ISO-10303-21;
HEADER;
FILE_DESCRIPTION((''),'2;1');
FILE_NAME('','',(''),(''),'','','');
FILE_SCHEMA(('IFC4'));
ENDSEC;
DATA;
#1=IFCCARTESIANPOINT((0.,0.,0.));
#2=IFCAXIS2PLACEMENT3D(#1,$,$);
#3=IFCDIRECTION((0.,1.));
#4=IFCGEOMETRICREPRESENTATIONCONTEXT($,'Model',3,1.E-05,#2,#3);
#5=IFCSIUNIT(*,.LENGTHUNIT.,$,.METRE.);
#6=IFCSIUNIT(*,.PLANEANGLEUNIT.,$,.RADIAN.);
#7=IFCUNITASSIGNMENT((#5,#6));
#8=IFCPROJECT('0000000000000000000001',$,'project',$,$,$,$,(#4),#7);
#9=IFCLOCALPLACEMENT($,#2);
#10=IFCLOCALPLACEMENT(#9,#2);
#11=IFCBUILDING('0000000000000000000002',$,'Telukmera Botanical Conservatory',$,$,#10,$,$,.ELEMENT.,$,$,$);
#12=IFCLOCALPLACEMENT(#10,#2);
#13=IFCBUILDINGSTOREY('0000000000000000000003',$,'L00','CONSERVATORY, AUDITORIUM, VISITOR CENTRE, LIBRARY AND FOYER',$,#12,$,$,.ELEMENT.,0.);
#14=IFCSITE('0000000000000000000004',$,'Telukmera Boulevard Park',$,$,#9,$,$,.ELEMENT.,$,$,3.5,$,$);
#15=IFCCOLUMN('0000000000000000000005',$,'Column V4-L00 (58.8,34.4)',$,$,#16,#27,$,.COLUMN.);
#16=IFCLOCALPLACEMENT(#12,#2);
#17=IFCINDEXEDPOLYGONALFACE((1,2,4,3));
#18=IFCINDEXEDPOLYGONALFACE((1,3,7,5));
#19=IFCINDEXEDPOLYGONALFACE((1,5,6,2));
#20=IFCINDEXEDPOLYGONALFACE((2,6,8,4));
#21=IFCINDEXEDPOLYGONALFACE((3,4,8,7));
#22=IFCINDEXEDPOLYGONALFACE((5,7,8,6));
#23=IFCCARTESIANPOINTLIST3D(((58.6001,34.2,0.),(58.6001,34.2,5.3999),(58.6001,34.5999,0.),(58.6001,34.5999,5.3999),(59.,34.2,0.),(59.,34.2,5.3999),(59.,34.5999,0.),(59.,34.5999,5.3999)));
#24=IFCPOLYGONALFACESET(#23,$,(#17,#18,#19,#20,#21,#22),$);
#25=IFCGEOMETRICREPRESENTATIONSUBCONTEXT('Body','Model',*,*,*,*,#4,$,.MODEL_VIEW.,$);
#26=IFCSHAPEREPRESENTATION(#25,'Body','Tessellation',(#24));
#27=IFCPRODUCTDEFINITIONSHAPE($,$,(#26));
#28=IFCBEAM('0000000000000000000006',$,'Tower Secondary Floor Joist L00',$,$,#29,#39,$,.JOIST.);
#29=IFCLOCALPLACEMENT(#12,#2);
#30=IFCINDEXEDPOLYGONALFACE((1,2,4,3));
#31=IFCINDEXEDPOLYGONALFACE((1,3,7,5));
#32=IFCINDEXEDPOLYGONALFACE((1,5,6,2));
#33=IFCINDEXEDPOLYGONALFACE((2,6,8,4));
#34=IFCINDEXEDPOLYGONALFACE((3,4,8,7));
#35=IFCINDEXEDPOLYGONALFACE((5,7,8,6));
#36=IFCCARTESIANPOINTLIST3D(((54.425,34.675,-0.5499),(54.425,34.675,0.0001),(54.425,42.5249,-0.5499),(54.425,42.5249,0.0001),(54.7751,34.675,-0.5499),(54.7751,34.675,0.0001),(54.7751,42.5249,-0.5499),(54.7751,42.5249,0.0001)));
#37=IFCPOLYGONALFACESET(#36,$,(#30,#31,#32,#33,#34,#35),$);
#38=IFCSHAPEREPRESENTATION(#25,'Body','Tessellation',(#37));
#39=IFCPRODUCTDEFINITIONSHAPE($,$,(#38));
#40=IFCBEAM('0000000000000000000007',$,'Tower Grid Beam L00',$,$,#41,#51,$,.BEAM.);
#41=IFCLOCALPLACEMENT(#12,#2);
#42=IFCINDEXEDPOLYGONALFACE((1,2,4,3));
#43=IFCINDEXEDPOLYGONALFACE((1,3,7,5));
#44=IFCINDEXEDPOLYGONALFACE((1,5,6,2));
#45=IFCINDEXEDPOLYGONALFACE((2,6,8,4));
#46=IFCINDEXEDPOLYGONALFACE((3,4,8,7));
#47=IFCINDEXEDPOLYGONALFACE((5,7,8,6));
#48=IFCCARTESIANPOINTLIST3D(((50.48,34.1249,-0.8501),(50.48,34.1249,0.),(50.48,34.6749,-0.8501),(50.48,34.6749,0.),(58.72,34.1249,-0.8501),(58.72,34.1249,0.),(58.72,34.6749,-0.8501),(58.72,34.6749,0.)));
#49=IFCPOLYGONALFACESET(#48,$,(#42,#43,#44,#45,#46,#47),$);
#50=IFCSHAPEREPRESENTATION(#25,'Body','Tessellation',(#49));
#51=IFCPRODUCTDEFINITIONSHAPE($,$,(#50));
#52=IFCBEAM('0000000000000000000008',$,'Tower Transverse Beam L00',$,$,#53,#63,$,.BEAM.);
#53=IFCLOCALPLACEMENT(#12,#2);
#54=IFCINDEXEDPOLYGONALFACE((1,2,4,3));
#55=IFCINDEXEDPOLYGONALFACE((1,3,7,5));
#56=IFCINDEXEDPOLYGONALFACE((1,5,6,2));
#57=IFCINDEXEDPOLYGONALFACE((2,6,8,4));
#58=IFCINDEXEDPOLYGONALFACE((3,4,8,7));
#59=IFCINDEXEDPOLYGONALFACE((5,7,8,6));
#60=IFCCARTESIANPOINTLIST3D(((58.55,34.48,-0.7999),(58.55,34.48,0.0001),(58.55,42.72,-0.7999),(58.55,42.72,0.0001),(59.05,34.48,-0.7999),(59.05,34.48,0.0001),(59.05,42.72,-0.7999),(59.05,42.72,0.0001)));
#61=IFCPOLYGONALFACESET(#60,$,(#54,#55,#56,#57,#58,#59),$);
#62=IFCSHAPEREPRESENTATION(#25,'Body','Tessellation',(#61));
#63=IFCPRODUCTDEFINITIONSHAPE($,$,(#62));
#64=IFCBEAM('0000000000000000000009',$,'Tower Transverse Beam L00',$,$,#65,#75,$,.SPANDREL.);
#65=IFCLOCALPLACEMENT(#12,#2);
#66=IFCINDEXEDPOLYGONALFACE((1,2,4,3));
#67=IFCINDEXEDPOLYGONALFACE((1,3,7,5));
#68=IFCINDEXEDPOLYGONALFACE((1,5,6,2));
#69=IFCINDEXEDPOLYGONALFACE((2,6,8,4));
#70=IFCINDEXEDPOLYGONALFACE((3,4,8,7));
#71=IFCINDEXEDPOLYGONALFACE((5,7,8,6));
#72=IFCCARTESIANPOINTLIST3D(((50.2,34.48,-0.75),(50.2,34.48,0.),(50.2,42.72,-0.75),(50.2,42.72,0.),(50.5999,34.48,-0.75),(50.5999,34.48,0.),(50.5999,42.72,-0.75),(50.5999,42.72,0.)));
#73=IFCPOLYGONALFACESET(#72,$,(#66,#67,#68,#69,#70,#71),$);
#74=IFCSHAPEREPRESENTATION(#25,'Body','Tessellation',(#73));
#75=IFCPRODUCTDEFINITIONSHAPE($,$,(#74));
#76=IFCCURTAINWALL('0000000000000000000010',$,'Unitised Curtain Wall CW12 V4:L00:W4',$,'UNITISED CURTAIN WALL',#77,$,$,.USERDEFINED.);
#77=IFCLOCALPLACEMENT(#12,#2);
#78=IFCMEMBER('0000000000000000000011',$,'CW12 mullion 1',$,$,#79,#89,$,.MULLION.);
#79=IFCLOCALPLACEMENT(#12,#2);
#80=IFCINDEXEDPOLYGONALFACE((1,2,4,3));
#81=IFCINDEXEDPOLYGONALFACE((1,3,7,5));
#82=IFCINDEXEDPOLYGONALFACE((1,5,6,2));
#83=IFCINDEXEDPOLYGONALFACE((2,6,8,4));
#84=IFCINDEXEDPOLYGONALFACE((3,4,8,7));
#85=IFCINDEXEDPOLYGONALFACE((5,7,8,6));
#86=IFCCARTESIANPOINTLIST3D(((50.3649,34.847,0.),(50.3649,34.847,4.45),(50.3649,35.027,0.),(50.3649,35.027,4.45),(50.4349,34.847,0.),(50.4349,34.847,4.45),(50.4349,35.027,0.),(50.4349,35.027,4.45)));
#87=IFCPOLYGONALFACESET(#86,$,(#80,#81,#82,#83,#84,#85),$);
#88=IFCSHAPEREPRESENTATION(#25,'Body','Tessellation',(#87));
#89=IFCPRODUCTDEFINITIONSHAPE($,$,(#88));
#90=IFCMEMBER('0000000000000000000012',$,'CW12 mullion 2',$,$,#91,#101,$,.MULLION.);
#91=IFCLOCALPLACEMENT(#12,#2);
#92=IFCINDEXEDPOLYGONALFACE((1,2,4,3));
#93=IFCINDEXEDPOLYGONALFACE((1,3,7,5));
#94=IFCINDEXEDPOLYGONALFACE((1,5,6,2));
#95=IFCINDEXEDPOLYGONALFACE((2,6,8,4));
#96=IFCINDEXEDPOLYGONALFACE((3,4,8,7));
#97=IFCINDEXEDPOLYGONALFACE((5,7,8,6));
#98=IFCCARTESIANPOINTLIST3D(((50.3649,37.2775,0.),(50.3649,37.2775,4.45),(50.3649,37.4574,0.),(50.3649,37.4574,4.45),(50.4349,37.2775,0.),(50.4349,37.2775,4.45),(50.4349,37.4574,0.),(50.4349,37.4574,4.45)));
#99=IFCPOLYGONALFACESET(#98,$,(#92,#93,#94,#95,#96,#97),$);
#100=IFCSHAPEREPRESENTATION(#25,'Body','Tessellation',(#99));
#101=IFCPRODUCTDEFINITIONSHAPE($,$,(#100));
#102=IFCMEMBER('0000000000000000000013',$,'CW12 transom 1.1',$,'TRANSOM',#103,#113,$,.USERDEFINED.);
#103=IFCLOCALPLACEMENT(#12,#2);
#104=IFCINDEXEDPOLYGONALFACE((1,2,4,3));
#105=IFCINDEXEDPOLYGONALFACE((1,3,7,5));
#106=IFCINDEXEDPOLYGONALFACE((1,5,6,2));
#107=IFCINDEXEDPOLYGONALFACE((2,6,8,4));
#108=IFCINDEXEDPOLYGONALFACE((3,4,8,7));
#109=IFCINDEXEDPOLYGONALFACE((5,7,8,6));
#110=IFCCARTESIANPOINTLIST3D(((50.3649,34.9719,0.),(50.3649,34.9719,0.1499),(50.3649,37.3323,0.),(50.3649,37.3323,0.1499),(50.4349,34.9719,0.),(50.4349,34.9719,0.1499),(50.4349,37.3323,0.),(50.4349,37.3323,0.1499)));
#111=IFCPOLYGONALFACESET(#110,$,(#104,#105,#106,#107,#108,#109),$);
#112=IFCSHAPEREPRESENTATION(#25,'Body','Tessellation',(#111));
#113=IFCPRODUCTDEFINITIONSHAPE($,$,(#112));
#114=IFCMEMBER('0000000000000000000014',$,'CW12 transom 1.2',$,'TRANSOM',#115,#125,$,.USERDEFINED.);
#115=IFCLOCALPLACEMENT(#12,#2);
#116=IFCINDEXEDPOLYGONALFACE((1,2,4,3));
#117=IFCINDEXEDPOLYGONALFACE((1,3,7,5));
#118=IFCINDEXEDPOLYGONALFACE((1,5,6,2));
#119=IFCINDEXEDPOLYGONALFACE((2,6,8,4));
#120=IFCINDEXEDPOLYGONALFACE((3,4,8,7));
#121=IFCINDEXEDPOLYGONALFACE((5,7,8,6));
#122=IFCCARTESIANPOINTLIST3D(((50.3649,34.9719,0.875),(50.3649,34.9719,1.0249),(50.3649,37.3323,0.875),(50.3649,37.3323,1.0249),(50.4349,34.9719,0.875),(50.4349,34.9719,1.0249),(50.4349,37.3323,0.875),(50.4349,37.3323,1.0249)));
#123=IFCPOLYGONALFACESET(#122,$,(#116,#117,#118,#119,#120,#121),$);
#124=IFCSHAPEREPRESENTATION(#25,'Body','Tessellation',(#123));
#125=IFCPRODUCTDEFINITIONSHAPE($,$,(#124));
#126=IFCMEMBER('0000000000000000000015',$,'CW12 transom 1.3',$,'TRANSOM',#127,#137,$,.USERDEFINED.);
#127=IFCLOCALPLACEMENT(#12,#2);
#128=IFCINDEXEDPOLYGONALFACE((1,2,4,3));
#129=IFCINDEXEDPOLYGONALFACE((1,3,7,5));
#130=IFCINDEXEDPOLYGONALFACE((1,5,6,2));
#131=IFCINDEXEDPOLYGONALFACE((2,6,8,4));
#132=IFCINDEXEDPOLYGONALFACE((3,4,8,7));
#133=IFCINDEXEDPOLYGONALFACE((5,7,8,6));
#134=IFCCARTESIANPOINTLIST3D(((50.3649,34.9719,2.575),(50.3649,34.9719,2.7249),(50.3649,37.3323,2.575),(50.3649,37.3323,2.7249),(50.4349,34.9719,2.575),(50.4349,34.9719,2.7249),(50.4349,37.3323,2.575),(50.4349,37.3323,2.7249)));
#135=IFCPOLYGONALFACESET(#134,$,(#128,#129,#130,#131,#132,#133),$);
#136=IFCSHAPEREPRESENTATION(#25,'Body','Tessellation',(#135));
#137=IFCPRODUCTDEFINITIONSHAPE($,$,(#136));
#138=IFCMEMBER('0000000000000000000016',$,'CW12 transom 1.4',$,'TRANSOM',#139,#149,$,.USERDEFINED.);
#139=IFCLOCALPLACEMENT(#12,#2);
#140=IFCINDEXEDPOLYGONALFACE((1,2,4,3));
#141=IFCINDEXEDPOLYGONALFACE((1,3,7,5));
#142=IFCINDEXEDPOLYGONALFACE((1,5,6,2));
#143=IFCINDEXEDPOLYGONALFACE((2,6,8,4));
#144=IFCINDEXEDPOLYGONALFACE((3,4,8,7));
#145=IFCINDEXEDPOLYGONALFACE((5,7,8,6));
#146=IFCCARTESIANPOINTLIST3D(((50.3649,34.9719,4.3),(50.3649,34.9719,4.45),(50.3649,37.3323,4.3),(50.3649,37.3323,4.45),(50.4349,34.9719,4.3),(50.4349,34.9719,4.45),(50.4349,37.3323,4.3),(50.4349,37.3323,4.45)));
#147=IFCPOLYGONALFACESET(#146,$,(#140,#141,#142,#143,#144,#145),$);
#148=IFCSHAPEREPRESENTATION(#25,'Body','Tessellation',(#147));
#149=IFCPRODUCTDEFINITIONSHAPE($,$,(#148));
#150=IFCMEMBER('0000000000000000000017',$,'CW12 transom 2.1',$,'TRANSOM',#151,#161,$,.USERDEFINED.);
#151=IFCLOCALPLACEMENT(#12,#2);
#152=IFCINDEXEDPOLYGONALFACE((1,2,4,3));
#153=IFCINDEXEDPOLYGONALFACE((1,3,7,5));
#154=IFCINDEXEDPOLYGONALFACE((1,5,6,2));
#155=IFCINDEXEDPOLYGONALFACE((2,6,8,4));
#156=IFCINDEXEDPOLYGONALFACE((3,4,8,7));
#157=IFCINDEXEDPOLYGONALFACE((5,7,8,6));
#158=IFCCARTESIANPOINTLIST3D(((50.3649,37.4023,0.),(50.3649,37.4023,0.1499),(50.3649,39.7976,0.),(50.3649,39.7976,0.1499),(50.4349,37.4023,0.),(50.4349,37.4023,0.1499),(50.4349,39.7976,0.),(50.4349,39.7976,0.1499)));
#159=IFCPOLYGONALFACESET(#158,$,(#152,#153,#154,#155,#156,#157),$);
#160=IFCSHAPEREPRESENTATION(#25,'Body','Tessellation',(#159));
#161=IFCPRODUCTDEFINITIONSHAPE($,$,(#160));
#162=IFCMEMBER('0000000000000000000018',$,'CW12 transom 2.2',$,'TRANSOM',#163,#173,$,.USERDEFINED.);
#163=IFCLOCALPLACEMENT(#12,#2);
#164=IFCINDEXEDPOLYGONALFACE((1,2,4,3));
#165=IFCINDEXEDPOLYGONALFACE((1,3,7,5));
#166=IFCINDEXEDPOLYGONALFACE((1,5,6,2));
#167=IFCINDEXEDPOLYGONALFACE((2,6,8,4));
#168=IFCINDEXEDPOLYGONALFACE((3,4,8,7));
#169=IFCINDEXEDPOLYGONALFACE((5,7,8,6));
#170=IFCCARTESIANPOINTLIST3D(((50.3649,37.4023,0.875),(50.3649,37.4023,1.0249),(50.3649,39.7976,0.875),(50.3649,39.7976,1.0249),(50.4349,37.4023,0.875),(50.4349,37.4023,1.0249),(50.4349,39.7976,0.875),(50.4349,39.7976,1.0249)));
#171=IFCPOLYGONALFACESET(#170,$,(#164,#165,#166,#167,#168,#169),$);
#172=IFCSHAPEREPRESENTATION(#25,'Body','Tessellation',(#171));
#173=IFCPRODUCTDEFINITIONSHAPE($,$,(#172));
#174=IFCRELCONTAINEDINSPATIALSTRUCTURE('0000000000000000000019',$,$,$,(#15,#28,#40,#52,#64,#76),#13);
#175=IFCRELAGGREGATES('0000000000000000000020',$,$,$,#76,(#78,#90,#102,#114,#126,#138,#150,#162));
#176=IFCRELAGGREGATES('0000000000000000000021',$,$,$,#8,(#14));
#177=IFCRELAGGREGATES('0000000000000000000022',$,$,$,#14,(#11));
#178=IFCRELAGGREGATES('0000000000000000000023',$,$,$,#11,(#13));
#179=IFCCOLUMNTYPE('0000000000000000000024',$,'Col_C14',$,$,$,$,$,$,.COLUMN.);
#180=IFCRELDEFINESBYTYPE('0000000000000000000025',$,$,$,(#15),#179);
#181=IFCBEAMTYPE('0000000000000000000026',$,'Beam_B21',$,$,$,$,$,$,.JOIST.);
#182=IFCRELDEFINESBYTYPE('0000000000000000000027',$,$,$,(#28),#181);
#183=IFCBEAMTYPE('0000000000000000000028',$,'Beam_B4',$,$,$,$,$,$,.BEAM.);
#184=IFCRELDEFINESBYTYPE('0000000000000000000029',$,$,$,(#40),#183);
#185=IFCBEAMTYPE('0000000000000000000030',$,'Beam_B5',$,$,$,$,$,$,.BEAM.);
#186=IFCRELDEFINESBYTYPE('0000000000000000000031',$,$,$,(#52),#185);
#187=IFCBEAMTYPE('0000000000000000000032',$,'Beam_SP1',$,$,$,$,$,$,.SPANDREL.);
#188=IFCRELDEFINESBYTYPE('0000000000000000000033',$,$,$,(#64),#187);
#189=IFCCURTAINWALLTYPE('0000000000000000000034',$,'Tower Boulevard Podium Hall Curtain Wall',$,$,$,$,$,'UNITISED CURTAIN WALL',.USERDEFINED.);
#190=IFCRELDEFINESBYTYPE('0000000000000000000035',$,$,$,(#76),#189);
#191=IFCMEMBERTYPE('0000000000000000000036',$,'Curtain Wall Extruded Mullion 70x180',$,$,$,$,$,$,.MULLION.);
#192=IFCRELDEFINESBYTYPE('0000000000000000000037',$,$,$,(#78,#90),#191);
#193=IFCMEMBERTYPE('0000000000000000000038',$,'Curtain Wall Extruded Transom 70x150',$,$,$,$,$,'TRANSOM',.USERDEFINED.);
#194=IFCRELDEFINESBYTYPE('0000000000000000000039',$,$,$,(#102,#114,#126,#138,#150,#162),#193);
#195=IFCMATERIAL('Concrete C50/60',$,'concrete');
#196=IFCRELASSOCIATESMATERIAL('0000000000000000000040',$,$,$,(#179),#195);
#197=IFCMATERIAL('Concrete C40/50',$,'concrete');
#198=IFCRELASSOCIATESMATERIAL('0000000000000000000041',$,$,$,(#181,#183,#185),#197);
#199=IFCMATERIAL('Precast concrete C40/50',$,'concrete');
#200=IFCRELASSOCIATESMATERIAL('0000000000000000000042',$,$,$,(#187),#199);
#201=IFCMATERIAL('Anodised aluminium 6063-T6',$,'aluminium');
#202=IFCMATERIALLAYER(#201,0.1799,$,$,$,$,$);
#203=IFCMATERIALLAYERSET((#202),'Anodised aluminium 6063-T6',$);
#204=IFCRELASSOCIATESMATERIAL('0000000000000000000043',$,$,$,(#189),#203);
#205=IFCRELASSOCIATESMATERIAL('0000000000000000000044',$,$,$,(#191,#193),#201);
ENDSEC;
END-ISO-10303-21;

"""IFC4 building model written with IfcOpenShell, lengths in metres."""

from ifc_helpers import new_model, si_unit, direction, frame, origin, origin_2d, place, context, subcontext, project, spatial, rectangle, extrude, material, layer, layer_set, material_profile, profile_set, type_object, element, aggregate, save


model = new_model("IFC4")

# Units and contexts
model_context = context("Model", 3, precision=1e-05, world=origin(), true_north=direction((0.0, 1.0)))
body_context = subcontext(model_context, "Body", "Model", "MODEL_VIEW")
ifc_project = project(units=[si_unit("LENGTHUNIT", "METRE"), si_unit("PLANEANGLEUNIT", "RADIAN")], contexts=[model_context])

# Site, building, storey
site_placement = place(None, origin())
site = spatial("IfcSite", under=ifc_project, at=site_placement, Name="Telukmera Boulevard Park", CompositionType="ELEMENT", RefElevation=3.5)
building_placement = place(site_placement, origin())
building = spatial("IfcBuilding", under=site, at=building_placement, Name="Telukmera Botanical Conservatory", CompositionType="ELEMENT")
storey_placement = place(building_placement, origin())
storey = spatial("IfcBuildingStorey", under=building, at=storey_placement, Name="L00", Description="CONSERVATORY, AUDITORIUM, VISITOR CENTRE, LIBRARY AND FOYER", CompositionType="ELEMENT", Elevation=0.0)

# Column
ifc_material_1 = material(Name="Concrete C50/60", Category="concrete")
ifc_material_profile_1 = material_profile(ifc_material_1, rectangle(XDim=0.3999, YDim=0.3999, at=origin_2d()), Name="RC 400x400")
ifc_profile_set_1 = profile_set([ifc_material_profile_1], Name="Concrete C50/60")
column_type = type_object("IfcColumnType", Name="Col_C14", PredefinedType="COLUMN", material=ifc_profile_set_1)
column_placement = place(storey_placement, frame((58.8, 34.3999, 0.0), z_axis=(0.0, 0.0, 1.0), x_axis=(1.0, 0.0, 0.0)))
element("IfcColumn", 1, at=column_placement, inside=storey, type_object=column_type, Name="Column V4-L00 (58.8,34.4)", PredefinedType="COLUMN", context=body_context, shape_type="SweptSolid", body=[
    extrude(rectangle(XDim=0.3999, YDim=0.3999, at=origin_2d()), origin(), (0.0, 0.0, 1.0), 5.3999),
])

# Beams
ifc_material_2 = material(Name="Concrete C40/50", Category="concrete")
ifc_material_profile_2 = material_profile(ifc_material_2, rectangle(XDim=0.3501, YDim=0.55, at=origin_2d()), Name="RC 350x550")
ifc_profile_set_2 = profile_set([ifc_material_profile_2], Name="Concrete C40/50")
beam_type_1 = type_object("IfcBeamType", Name="Beam_B21", PredefinedType="JOIST", material=ifc_profile_set_2)
beam_1_placement = place(storey_placement, frame((54.6001, 34.675, -0.2749), z_axis=(0.0, 1.0, 0.0), x_axis=(-1.0, 0.0, 0.0)))
element("IfcBeam", 2, at=beam_1_placement, inside=storey, type_object=beam_type_1, Name="Tower Secondary Floor Joist L00", PredefinedType="JOIST", context=body_context, shape_type="SweptSolid", body=[
    extrude(rectangle(XDim=0.3501, YDim=0.55, at=origin_2d()), origin(), (0.0, 0.0, 1.0), 7.8499),
])
ifc_material_profile_3 = material_profile(ifc_material_2, rectangle(XDim=0.55, YDim=0.8501, at=origin_2d()), Name="RC 550x850")
ifc_profile_set_3 = profile_set([ifc_material_profile_3], Name="Concrete C40/50")
beam_type_2 = type_object("IfcBeamType", Name="Beam_B4", PredefinedType="BEAM", material=ifc_profile_set_3)
beam_2_placement = place(storey_placement, frame((50.48, 34.3999, -0.425), z_axis=(1.0, 0.0, 0.0), x_axis=(0.0, 1.0, 0.0)))
element("IfcBeam", 3, at=beam_2_placement, inside=storey, type_object=beam_type_2, Name="Tower Grid Beam L00", PredefinedType="BEAM", context=body_context, shape_type="SweptSolid", body=[
    extrude(rectangle(XDim=0.55, YDim=0.8501, at=origin_2d()), origin(), (0.0, 0.0, 1.0), 8.24),
])
ifc_material_profile_4 = material_profile(ifc_material_2, rectangle(XDim=0.5, YDim=0.8, at=origin_2d()), Name="RC 500x800")
ifc_profile_set_4 = profile_set([ifc_material_profile_4], Name="Concrete C40/50")
beam_type_3 = type_object("IfcBeamType", Name="Beam_B5", PredefinedType="BEAM", material=ifc_profile_set_4)
beam_3_placement = place(storey_placement, frame((58.8, 34.48, -0.3999), z_axis=(0.0, 1.0, 0.0), x_axis=(-1.0, 0.0, 0.0)))
element("IfcBeam", 4, at=beam_3_placement, inside=storey, type_object=beam_type_3, Name="Tower Transverse Beam L00", PredefinedType="BEAM", context=body_context, shape_type="SweptSolid", body=[
    extrude(rectangle(XDim=0.5, YDim=0.8, at=origin_2d()), origin(), (0.0, 0.0, 1.0), 8.24),
])
ifc_material_3 = material(Name="Precast concrete C40/50", Category="concrete")
ifc_material_profile_5 = material_profile(ifc_material_3, rectangle(XDim=0.3999, YDim=0.75, at=origin_2d()), Name="PC 400x750")
ifc_profile_set_5 = profile_set([ifc_material_profile_5], Name="Precast concrete C40/50")
beam_type_4 = type_object("IfcBeamType", Name="Beam_SP1", PredefinedType="SPANDREL", material=ifc_profile_set_5)
beam_4_placement = place(storey_placement, frame((50.3999, 34.48, -0.375), z_axis=(0.0, 1.0, 0.0), x_axis=(-1.0, 0.0, 0.0)))
element("IfcBeam", 5, at=beam_4_placement, inside=storey, type_object=beam_type_4, Name="Tower Transverse Beam L00", PredefinedType="SPANDREL", context=body_context, shape_type="SweptSolid", body=[
    extrude(rectangle(XDim=0.3999, YDim=0.75, at=origin_2d()), origin(), (0.0, 0.0, 1.0), 8.24),
])

# Curtain wall, members
ifc_material_4 = material(Name="Anodised aluminium 6063-T6", Category="aluminium")
ifc_layer_1 = layer(ifc_material_4, 0.1799)
ifc_layer_set_1 = layer_set([ifc_layer_1], Name="Anodised aluminium 6063-T6")
curtain_wall_type = type_object("IfcCurtainWallType", Name="Tower Boulevard Podium Hall Curtain Wall", ElementType="UNITISED CURTAIN WALL", PredefinedType="USERDEFINED", material=ifc_layer_set_1)
curtain_wall_placement = place(storey_placement, origin())
curtain_wall = element("IfcCurtainWall", 6, at=curtain_wall_placement, inside=storey, type_object=curtain_wall_type, Name="Unitised Curtain Wall CW12 V4:L00:W4", ObjectType="UNITISED CURTAIN WALL", PredefinedType="USERDEFINED")
ifc_material_profile_6 = material_profile(ifc_material_4, rectangle(XDim=0.0701, YDim=0.1799, at=origin_2d()), Name="ALU MULL 70x180")
ifc_profile_set_6 = profile_set([ifc_material_profile_6], Name="Anodised aluminium 6063-T6")
member_type_1 = type_object("IfcMemberType", Name="Curtain Wall Extruded Mullion 70x180", PredefinedType="MULLION", material=ifc_profile_set_6)
member_1_placement = place(storey_placement, frame((50.3999, 34.937, 0.0), z_axis=(0.0, 0.0, 1.0), x_axis=(-1.0, 0.0, 0.0)))
member_1 = element("IfcMember", 7, at=member_1_placement, type_object=member_type_1, Name="CW12 mullion 1", PredefinedType="MULLION", context=body_context, shape_type="SweptSolid", body=[
    extrude(rectangle(XDim=0.0701, YDim=0.1799, at=origin_2d()), origin(), (0.0, 0.0, 1.0), 4.45),
])
member_2_placement = place(storey_placement, frame((50.3999, 37.3674, 0.0), z_axis=(0.0, 0.0, 1.0), x_axis=(-1.0, 0.0, 0.0)))
member_2 = element("IfcMember", 8, at=member_2_placement, type_object=member_type_1, Name="CW12 mullion 2", PredefinedType="MULLION", context=body_context, shape_type="SweptSolid", body=[
    extrude(rectangle(XDim=0.0701, YDim=0.1799, at=origin_2d()), origin(), (0.0, 0.0, 1.0), 4.45),
])
ifc_material_profile_7 = material_profile(ifc_material_4, rectangle(XDim=0.0701, YDim=0.1499, at=origin_2d()), Name="ALU TRAN 70x150")
ifc_profile_set_7 = profile_set([ifc_material_profile_7], Name="Anodised aluminium 6063-T6")
member_type_2 = type_object("IfcMemberType", Name="Curtain Wall Extruded Transom 70x150", ElementType="TRANSOM", PredefinedType="USERDEFINED", material=ifc_profile_set_7)
member_3_placement = place(storey_placement, frame((50.3999, 34.9719, 0.075), z_axis=(0.0, 1.0, 0.0), x_axis=(-1.0, 0.0, 0.0)))
member_3 = element("IfcMember", 9, at=member_3_placement, type_object=member_type_2, Name="CW12 transom 1.1", ObjectType="TRANSOM", PredefinedType="USERDEFINED", context=body_context, shape_type="SweptSolid", body=[
    extrude(rectangle(XDim=0.0701, YDim=0.1499, at=origin_2d()), origin(), (0.0, 0.0, 1.0), 2.3604),
])
member_4_placement = place(storey_placement, frame((50.3999, 34.9719, 0.95), z_axis=(0.0, 1.0, 0.0), x_axis=(-1.0, 0.0, 0.0)))
member_4 = element("IfcMember", 10, at=member_4_placement, type_object=member_type_2, Name="CW12 transom 1.2", ObjectType="TRANSOM", PredefinedType="USERDEFINED", context=body_context, shape_type="SweptSolid", body=[
    extrude(rectangle(XDim=0.0701, YDim=0.1499, at=origin_2d()), origin(), (0.0, 0.0, 1.0), 2.3604),
])
member_5_placement = place(storey_placement, frame((50.3999, 34.9719, 2.6499), z_axis=(0.0, 1.0, 0.0), x_axis=(-1.0, 0.0, 0.0)))
member_5 = element("IfcMember", 11, at=member_5_placement, type_object=member_type_2, Name="CW12 transom 1.3", ObjectType="TRANSOM", PredefinedType="USERDEFINED", context=body_context, shape_type="SweptSolid", body=[
    extrude(rectangle(XDim=0.0701, YDim=0.1499, at=origin_2d()), origin(), (0.0, 0.0, 1.0), 2.3604),
])
member_6_placement = place(storey_placement, frame((50.3999, 34.9719, 4.375), z_axis=(0.0, 1.0, 0.0), x_axis=(-1.0, 0.0, 0.0)))
member_6 = element("IfcMember", 12, at=member_6_placement, type_object=member_type_2, Name="CW12 transom 1.4", ObjectType="TRANSOM", PredefinedType="USERDEFINED", context=body_context, shape_type="SweptSolid", body=[
    extrude(rectangle(XDim=0.0701, YDim=0.1499, at=origin_2d()), origin(), (0.0, 0.0, 1.0), 2.3604),
])
member_7_placement = place(storey_placement, frame((50.3999, 37.4023, 0.075), z_axis=(0.0, 1.0, 0.0), x_axis=(-1.0, 0.0, 0.0)))
member_7 = element("IfcMember", 13, at=member_7_placement, type_object=member_type_2, Name="CW12 transom 2.1", ObjectType="TRANSOM", PredefinedType="USERDEFINED", context=body_context, shape_type="SweptSolid", body=[
    extrude(rectangle(XDim=0.0701, YDim=0.1499, at=origin_2d()), origin(), (0.0, 0.0, 1.0), 2.3953),
])
member_8_placement = place(storey_placement, frame((50.3999, 37.4023, 0.95), z_axis=(0.0, 1.0, 0.0), x_axis=(-1.0, 0.0, 0.0)))
member_8 = element("IfcMember", 14, at=member_8_placement, type_object=member_type_2, Name="CW12 transom 2.2", ObjectType="TRANSOM", PredefinedType="USERDEFINED", context=body_context, shape_type="SweptSolid", body=[
    extrude(rectangle(XDim=0.0701, YDim=0.1499, at=origin_2d()), origin(), (0.0, 0.0, 1.0), 2.3953),
])
aggregate(curtain_wall, [member_1, member_2, member_3, member_4, member_5, member_6, member_7, member_8])

save(model, "model.ifc")
